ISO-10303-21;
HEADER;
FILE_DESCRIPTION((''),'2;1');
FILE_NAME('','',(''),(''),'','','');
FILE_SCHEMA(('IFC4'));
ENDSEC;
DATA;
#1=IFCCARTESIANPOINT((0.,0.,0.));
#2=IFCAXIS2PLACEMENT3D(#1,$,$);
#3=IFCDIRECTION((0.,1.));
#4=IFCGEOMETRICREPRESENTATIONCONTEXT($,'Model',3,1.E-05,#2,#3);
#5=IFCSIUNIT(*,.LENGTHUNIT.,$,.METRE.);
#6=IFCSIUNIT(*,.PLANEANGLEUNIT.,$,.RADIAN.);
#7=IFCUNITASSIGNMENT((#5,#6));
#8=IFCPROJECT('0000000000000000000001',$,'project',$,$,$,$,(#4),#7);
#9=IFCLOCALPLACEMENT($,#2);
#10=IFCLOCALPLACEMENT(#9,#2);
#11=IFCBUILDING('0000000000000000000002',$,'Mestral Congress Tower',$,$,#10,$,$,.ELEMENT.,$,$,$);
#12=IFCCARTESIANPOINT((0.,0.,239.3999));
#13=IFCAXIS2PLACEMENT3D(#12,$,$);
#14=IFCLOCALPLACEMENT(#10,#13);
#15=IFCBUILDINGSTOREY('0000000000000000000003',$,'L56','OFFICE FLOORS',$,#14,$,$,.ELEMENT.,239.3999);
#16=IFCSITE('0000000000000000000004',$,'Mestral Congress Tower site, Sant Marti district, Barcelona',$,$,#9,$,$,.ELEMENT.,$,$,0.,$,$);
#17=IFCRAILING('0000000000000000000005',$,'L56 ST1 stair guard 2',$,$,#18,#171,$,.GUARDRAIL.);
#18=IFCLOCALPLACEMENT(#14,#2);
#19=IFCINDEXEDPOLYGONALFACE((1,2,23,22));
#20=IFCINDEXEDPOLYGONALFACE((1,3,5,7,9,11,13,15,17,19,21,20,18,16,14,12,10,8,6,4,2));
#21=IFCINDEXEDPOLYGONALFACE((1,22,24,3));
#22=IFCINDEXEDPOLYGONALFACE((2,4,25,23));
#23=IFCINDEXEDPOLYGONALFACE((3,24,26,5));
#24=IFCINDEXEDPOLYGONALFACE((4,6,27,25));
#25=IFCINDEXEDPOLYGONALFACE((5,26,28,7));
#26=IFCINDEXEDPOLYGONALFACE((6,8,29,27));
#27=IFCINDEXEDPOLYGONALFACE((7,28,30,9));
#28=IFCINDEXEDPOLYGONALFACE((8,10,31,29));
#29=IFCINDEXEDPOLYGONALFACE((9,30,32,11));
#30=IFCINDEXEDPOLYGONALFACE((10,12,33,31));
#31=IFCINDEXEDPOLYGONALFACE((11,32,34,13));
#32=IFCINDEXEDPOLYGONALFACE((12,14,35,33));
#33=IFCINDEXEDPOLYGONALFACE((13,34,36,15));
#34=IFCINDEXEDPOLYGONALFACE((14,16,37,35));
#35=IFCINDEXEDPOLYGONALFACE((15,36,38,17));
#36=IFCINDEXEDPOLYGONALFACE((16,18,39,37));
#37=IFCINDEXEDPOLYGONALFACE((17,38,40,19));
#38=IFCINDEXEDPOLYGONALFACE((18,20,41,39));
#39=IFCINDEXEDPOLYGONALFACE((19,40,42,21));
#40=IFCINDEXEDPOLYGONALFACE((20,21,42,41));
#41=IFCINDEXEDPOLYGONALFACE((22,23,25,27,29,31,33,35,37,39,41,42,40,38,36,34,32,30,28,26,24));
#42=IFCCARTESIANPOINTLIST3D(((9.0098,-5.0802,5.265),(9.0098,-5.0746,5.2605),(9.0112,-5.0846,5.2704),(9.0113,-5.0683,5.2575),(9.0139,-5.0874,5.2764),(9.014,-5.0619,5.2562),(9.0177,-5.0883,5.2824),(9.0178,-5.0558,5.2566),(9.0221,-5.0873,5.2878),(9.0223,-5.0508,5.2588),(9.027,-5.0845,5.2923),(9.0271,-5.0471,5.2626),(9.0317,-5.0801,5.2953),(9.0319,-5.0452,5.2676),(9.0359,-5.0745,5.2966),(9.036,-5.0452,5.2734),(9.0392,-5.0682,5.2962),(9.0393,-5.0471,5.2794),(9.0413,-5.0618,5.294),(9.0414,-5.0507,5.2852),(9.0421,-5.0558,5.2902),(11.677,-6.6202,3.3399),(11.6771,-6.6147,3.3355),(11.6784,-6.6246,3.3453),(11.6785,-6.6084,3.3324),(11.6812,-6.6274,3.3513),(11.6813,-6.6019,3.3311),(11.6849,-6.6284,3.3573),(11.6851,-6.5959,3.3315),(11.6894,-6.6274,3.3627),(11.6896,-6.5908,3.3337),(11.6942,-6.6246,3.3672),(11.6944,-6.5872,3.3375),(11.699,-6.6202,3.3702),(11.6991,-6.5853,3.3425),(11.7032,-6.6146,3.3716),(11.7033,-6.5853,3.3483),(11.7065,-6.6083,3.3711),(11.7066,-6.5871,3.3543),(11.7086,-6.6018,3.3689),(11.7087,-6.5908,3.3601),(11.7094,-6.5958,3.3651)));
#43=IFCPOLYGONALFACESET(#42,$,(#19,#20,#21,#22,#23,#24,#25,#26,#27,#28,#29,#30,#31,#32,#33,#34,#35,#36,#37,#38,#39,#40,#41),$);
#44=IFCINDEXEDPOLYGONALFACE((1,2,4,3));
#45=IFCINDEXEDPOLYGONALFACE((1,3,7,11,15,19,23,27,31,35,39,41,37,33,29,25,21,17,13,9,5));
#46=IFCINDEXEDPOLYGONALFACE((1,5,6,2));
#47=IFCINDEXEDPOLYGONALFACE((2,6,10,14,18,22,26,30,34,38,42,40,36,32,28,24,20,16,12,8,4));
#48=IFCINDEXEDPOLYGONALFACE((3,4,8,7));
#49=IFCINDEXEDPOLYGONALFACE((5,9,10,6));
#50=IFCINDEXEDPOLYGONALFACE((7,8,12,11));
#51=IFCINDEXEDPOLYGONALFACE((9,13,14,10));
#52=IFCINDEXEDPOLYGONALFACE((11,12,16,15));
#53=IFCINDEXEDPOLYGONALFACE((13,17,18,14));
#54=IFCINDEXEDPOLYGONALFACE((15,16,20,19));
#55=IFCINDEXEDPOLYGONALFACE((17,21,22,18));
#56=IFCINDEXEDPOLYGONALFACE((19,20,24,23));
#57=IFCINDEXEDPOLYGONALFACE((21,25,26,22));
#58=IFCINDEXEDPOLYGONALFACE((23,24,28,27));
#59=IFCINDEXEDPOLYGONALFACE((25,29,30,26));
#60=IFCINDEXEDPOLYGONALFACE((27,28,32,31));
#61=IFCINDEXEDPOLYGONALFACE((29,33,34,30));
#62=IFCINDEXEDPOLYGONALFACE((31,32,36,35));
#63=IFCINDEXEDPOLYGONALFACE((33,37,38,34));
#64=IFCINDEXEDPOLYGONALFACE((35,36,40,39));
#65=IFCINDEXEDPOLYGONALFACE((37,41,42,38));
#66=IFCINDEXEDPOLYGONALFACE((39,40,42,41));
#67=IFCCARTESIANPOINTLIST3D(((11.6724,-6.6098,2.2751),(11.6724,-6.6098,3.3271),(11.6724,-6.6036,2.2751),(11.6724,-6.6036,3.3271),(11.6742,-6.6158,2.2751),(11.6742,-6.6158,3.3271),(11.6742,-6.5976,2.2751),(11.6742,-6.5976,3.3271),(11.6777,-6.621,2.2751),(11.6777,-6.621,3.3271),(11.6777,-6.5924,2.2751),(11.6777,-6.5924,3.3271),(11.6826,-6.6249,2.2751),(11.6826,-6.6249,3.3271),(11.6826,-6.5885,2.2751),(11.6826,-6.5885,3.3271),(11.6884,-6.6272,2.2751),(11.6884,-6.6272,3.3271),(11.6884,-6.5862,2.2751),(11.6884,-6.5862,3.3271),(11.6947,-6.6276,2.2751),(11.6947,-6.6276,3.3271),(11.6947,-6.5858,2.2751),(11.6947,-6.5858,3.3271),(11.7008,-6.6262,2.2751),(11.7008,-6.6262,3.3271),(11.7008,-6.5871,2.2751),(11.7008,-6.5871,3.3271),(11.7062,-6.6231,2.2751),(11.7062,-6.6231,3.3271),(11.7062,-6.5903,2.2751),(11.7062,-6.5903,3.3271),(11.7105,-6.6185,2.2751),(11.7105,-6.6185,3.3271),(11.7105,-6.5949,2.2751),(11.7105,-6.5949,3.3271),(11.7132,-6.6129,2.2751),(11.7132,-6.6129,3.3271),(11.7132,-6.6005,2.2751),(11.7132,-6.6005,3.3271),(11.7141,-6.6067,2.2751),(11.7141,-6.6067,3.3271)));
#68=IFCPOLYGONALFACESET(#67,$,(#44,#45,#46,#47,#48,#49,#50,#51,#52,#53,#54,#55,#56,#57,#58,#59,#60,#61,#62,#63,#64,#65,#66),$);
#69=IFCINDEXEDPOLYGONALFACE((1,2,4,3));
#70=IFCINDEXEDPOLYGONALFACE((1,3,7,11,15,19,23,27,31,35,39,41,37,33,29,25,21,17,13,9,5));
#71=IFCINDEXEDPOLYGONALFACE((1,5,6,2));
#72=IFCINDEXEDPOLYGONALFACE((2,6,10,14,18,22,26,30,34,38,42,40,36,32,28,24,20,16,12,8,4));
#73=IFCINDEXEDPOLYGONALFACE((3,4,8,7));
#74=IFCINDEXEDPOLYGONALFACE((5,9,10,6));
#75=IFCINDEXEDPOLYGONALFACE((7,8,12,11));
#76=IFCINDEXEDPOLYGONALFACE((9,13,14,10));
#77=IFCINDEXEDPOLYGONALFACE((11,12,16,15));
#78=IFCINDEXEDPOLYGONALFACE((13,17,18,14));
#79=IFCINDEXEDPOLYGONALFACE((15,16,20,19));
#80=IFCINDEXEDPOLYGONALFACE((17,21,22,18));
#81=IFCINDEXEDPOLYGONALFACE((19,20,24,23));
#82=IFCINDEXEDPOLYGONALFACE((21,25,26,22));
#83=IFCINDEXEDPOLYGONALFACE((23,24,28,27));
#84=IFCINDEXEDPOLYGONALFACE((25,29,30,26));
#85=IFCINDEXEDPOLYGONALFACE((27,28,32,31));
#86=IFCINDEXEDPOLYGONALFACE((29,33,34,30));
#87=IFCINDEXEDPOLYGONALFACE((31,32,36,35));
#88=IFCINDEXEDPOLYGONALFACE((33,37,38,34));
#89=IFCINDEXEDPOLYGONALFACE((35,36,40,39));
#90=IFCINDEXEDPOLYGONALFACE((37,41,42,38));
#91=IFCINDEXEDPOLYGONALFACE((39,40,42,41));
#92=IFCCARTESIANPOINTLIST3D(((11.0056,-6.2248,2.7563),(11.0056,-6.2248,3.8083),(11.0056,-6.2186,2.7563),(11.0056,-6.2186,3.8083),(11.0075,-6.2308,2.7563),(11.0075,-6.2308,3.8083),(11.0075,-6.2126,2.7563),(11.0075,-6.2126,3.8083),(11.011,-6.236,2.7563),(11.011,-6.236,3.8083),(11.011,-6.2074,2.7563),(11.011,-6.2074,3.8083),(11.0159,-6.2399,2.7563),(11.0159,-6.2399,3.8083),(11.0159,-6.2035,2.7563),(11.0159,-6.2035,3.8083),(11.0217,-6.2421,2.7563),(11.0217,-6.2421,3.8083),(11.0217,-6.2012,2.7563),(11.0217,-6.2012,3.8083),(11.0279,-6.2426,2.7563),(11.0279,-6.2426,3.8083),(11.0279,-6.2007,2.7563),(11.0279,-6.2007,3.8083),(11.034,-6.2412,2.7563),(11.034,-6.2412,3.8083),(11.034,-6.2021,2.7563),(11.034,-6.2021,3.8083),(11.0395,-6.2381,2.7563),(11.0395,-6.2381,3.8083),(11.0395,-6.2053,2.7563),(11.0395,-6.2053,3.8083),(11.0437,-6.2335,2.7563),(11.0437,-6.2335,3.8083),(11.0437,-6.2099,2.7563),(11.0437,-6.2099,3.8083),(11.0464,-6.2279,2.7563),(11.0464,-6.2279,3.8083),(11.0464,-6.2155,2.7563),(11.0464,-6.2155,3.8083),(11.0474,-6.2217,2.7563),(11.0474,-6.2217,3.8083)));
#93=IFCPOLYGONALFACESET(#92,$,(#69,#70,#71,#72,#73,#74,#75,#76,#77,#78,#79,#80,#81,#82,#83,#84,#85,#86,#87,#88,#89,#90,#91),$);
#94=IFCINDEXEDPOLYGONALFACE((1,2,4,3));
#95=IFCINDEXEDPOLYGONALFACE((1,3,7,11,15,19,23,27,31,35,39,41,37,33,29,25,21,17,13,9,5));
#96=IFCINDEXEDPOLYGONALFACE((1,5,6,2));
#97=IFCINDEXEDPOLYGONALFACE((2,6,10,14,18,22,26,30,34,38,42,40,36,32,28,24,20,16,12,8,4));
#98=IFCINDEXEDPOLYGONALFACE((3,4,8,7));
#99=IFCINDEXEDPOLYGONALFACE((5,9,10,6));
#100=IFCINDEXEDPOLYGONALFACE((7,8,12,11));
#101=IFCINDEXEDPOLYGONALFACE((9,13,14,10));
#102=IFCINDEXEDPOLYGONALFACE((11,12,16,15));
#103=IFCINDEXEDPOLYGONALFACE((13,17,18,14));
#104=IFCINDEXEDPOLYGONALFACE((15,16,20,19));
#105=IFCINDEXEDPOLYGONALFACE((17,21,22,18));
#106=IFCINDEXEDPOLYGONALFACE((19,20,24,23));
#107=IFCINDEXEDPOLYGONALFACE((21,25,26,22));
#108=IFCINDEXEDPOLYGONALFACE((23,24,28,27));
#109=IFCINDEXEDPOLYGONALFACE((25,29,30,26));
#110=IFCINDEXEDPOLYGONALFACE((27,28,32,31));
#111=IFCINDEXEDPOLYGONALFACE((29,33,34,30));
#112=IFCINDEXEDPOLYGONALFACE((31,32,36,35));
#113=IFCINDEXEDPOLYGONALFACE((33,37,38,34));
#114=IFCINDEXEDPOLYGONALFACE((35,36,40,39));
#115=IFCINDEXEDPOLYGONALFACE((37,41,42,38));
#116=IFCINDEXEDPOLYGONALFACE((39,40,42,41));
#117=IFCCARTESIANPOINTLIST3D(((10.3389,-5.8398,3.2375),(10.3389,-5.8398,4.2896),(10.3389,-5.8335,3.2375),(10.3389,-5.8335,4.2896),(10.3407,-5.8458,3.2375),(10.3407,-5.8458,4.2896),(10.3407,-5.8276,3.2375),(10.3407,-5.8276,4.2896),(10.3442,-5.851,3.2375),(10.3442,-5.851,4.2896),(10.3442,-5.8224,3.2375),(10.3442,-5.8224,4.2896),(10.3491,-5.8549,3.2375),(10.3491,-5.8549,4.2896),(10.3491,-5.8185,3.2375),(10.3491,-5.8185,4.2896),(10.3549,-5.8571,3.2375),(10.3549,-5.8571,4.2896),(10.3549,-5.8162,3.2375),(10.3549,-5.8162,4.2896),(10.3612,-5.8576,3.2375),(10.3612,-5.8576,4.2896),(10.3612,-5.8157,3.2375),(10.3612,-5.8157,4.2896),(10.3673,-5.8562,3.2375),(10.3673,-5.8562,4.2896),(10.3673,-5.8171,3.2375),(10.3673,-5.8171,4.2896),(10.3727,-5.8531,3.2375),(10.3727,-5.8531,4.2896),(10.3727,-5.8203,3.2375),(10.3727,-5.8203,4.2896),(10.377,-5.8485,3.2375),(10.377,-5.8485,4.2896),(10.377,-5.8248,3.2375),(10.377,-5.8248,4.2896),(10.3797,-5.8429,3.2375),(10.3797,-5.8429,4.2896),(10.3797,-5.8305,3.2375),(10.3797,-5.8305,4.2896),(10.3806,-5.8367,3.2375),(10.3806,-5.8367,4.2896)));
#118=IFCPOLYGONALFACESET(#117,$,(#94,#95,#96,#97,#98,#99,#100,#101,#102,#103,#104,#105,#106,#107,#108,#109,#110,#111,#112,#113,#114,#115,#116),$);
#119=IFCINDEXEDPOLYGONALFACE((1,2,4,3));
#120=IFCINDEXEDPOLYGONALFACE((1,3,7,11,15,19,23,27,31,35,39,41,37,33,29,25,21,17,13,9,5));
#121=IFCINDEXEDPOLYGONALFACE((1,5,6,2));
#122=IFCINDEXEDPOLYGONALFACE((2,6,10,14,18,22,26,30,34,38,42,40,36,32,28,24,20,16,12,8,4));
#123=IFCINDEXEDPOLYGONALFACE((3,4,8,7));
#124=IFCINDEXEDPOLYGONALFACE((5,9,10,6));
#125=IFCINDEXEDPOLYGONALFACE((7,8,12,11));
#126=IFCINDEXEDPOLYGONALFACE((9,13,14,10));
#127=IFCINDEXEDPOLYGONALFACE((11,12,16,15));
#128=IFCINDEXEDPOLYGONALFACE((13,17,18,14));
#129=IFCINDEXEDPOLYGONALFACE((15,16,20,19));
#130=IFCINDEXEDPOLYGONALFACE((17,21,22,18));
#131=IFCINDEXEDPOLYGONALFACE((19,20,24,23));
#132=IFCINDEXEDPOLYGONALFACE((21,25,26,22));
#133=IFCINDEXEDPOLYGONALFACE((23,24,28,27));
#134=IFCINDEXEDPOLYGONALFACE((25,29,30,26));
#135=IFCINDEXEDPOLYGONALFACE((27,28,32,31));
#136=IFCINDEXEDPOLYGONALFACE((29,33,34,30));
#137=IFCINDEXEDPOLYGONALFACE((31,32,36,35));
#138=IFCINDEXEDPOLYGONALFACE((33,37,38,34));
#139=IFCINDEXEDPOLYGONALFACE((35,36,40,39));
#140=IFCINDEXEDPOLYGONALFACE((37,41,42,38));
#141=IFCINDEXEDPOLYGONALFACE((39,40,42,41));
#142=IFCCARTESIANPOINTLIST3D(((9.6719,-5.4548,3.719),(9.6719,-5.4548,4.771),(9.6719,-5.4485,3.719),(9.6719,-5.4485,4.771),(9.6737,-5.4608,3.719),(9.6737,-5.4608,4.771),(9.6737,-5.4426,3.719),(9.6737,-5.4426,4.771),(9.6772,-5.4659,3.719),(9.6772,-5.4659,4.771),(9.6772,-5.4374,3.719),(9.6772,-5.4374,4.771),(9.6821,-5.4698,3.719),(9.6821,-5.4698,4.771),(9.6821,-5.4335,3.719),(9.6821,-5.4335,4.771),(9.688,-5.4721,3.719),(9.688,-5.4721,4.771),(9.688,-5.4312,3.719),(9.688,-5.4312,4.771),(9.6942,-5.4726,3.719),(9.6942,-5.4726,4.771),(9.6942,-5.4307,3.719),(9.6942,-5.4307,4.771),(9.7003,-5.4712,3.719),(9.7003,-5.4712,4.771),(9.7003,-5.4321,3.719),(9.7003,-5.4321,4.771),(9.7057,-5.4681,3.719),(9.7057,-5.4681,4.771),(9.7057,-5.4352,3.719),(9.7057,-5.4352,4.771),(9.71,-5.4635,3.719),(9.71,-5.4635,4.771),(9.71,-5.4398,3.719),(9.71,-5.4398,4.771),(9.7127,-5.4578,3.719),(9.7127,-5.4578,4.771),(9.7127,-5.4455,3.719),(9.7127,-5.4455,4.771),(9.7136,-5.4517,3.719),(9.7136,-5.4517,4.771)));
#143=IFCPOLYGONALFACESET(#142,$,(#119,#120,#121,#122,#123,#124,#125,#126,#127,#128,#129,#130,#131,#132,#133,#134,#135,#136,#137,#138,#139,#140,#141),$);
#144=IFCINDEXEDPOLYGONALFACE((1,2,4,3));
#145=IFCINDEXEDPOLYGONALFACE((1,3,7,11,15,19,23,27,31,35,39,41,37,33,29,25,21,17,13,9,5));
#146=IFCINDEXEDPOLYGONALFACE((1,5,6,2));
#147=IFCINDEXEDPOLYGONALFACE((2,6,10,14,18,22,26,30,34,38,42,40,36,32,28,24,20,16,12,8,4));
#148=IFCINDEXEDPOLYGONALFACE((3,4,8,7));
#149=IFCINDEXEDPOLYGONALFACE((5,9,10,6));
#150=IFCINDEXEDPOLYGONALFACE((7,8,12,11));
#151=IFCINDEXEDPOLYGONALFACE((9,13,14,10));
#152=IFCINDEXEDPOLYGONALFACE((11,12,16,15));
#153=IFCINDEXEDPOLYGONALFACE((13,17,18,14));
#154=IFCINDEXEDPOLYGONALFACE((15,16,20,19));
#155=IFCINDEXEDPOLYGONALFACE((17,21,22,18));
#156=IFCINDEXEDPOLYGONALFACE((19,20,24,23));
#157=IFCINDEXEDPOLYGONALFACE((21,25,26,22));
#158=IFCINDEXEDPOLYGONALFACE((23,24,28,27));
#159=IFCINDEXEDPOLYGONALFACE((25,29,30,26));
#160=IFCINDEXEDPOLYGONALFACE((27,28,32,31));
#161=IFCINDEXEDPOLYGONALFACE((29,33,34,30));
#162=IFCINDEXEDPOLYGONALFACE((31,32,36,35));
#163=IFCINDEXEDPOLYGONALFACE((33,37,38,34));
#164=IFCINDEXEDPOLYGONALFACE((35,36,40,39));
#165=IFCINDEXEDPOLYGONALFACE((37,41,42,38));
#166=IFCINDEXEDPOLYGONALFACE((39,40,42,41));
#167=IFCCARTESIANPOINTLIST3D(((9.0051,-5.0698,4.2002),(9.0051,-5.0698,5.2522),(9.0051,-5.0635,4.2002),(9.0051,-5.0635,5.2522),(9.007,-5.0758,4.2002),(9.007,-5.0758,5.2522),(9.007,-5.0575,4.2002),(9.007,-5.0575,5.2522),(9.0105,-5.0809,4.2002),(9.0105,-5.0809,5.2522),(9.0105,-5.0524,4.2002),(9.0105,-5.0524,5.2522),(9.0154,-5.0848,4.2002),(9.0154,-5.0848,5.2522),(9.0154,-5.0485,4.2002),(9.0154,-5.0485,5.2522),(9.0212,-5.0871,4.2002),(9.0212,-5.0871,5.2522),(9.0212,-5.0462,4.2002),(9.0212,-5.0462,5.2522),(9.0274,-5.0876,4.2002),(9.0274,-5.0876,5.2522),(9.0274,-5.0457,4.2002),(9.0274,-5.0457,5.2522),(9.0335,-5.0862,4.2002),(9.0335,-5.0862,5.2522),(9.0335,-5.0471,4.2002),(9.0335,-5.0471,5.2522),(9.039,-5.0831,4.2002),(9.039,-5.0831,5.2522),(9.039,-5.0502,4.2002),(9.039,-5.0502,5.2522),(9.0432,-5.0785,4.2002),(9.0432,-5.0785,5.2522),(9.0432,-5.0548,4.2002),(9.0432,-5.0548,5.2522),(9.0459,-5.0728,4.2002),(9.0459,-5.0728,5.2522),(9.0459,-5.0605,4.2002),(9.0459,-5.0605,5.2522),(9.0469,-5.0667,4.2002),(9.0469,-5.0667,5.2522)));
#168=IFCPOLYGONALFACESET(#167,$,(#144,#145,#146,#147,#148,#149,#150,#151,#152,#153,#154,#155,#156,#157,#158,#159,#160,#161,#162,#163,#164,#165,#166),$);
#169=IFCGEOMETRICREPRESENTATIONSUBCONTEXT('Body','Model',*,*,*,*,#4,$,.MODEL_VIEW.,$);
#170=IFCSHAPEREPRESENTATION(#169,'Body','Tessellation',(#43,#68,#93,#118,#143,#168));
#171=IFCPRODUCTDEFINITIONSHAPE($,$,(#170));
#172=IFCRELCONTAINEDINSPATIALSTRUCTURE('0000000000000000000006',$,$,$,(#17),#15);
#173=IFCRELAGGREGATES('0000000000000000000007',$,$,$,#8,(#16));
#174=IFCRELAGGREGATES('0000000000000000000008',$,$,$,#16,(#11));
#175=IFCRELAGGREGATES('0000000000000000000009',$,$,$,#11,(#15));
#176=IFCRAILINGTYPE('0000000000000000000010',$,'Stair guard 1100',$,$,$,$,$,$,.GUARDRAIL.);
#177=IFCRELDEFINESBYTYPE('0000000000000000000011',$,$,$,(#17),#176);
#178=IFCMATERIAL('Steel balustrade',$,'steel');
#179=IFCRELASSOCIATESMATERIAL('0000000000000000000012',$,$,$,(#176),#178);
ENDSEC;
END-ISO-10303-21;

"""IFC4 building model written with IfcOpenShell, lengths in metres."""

from ifc_helpers import new_model, si_unit, direction, frame, origin, origin_2d, place, context, subcontext, project, spatial, circle, extrude, material, type_object, element, save


model = new_model("IFC4")

# Units and contexts
model_context = context("Model", 3, precision=1e-05, world=origin(), true_north=direction((0.0, 1.0)))
body_context = subcontext(model_context, "Body", "Model", "MODEL_VIEW")
ifc_project = project(units=[si_unit("LENGTHUNIT", "METRE"), si_unit("PLANEANGLEUNIT", "RADIAN")], contexts=[model_context])

# Site, building, storey
site_placement = place(None, origin())
site = spatial("IfcSite", under=ifc_project, at=site_placement, Name="Mestral Congress Tower site, Sant Marti district, Barcelona", CompositionType="ELEMENT", RefElevation=0.0)
building_placement = place(site_placement, origin())
building = spatial("IfcBuilding", under=site, at=building_placement, Name="Mestral Congress Tower", CompositionType="ELEMENT")
storey_placement = place(building_placement, frame((0.0, 0.0, 239.3999)))
storey = spatial("IfcBuildingStorey", under=building, at=storey_placement, Name="L56", Description="OFFICE FLOORS", CompositionType="ELEMENT", Elevation=239.3999)

# Railing
ifc_material_1 = material(Name="Steel balustrade", Category="steel")
railing_type_1 = type_object("IfcRailingType", Name="Stair guard 1100", PredefinedType="GUARDRAIL", material=ifc_material_1)
railing_1_placement = place(storey_placement, frame((11.6931, -6.6067, 2.2751)))
element("IfcRailing", 1, at=railing_1_placement, inside=storey, type_object=railing_type_1, Name="L56 ST1 stair guard 2", PredefinedType="GUARDRAIL", context=body_context, shape_type="SweptSolid", body=[
    extrude(circle(Radius=0.0239, at=origin_2d()), frame((0.0, 0.0, 1.0762), z_axis=(-0.734364, 0.424015, 0.530019), x_axis=(-0.500027, -0.86601, 0.0)), (0.0, 0.0, 1.0), 3.6321),
    extrude(circle(Radius=0.021, at=origin_2d()), origin(), (0.0, 0.0, 1.0), 1.052),
    extrude(circle(Radius=0.021, at=origin_2d()), frame((-0.6667, 0.385, 0.4812)), (0.0, 0.0, 1.0), 1.052),
    extrude(circle(Radius=0.021, at=origin_2d()), frame((-1.3335, 0.77, 0.9624)), (0.0, 0.0, 1.0), 1.052),
    extrude(circle(Radius=0.021, at=origin_2d()), frame((-2.0005, 1.155, 1.4438)), (0.0, 0.0, 1.0), 1.052),
    extrude(circle(Radius=0.021, at=origin_2d()), frame((-2.6672, 1.54, 1.925)), (0.0, 0.0, 1.0), 1.052),
])

save(model, "model.ifc")
